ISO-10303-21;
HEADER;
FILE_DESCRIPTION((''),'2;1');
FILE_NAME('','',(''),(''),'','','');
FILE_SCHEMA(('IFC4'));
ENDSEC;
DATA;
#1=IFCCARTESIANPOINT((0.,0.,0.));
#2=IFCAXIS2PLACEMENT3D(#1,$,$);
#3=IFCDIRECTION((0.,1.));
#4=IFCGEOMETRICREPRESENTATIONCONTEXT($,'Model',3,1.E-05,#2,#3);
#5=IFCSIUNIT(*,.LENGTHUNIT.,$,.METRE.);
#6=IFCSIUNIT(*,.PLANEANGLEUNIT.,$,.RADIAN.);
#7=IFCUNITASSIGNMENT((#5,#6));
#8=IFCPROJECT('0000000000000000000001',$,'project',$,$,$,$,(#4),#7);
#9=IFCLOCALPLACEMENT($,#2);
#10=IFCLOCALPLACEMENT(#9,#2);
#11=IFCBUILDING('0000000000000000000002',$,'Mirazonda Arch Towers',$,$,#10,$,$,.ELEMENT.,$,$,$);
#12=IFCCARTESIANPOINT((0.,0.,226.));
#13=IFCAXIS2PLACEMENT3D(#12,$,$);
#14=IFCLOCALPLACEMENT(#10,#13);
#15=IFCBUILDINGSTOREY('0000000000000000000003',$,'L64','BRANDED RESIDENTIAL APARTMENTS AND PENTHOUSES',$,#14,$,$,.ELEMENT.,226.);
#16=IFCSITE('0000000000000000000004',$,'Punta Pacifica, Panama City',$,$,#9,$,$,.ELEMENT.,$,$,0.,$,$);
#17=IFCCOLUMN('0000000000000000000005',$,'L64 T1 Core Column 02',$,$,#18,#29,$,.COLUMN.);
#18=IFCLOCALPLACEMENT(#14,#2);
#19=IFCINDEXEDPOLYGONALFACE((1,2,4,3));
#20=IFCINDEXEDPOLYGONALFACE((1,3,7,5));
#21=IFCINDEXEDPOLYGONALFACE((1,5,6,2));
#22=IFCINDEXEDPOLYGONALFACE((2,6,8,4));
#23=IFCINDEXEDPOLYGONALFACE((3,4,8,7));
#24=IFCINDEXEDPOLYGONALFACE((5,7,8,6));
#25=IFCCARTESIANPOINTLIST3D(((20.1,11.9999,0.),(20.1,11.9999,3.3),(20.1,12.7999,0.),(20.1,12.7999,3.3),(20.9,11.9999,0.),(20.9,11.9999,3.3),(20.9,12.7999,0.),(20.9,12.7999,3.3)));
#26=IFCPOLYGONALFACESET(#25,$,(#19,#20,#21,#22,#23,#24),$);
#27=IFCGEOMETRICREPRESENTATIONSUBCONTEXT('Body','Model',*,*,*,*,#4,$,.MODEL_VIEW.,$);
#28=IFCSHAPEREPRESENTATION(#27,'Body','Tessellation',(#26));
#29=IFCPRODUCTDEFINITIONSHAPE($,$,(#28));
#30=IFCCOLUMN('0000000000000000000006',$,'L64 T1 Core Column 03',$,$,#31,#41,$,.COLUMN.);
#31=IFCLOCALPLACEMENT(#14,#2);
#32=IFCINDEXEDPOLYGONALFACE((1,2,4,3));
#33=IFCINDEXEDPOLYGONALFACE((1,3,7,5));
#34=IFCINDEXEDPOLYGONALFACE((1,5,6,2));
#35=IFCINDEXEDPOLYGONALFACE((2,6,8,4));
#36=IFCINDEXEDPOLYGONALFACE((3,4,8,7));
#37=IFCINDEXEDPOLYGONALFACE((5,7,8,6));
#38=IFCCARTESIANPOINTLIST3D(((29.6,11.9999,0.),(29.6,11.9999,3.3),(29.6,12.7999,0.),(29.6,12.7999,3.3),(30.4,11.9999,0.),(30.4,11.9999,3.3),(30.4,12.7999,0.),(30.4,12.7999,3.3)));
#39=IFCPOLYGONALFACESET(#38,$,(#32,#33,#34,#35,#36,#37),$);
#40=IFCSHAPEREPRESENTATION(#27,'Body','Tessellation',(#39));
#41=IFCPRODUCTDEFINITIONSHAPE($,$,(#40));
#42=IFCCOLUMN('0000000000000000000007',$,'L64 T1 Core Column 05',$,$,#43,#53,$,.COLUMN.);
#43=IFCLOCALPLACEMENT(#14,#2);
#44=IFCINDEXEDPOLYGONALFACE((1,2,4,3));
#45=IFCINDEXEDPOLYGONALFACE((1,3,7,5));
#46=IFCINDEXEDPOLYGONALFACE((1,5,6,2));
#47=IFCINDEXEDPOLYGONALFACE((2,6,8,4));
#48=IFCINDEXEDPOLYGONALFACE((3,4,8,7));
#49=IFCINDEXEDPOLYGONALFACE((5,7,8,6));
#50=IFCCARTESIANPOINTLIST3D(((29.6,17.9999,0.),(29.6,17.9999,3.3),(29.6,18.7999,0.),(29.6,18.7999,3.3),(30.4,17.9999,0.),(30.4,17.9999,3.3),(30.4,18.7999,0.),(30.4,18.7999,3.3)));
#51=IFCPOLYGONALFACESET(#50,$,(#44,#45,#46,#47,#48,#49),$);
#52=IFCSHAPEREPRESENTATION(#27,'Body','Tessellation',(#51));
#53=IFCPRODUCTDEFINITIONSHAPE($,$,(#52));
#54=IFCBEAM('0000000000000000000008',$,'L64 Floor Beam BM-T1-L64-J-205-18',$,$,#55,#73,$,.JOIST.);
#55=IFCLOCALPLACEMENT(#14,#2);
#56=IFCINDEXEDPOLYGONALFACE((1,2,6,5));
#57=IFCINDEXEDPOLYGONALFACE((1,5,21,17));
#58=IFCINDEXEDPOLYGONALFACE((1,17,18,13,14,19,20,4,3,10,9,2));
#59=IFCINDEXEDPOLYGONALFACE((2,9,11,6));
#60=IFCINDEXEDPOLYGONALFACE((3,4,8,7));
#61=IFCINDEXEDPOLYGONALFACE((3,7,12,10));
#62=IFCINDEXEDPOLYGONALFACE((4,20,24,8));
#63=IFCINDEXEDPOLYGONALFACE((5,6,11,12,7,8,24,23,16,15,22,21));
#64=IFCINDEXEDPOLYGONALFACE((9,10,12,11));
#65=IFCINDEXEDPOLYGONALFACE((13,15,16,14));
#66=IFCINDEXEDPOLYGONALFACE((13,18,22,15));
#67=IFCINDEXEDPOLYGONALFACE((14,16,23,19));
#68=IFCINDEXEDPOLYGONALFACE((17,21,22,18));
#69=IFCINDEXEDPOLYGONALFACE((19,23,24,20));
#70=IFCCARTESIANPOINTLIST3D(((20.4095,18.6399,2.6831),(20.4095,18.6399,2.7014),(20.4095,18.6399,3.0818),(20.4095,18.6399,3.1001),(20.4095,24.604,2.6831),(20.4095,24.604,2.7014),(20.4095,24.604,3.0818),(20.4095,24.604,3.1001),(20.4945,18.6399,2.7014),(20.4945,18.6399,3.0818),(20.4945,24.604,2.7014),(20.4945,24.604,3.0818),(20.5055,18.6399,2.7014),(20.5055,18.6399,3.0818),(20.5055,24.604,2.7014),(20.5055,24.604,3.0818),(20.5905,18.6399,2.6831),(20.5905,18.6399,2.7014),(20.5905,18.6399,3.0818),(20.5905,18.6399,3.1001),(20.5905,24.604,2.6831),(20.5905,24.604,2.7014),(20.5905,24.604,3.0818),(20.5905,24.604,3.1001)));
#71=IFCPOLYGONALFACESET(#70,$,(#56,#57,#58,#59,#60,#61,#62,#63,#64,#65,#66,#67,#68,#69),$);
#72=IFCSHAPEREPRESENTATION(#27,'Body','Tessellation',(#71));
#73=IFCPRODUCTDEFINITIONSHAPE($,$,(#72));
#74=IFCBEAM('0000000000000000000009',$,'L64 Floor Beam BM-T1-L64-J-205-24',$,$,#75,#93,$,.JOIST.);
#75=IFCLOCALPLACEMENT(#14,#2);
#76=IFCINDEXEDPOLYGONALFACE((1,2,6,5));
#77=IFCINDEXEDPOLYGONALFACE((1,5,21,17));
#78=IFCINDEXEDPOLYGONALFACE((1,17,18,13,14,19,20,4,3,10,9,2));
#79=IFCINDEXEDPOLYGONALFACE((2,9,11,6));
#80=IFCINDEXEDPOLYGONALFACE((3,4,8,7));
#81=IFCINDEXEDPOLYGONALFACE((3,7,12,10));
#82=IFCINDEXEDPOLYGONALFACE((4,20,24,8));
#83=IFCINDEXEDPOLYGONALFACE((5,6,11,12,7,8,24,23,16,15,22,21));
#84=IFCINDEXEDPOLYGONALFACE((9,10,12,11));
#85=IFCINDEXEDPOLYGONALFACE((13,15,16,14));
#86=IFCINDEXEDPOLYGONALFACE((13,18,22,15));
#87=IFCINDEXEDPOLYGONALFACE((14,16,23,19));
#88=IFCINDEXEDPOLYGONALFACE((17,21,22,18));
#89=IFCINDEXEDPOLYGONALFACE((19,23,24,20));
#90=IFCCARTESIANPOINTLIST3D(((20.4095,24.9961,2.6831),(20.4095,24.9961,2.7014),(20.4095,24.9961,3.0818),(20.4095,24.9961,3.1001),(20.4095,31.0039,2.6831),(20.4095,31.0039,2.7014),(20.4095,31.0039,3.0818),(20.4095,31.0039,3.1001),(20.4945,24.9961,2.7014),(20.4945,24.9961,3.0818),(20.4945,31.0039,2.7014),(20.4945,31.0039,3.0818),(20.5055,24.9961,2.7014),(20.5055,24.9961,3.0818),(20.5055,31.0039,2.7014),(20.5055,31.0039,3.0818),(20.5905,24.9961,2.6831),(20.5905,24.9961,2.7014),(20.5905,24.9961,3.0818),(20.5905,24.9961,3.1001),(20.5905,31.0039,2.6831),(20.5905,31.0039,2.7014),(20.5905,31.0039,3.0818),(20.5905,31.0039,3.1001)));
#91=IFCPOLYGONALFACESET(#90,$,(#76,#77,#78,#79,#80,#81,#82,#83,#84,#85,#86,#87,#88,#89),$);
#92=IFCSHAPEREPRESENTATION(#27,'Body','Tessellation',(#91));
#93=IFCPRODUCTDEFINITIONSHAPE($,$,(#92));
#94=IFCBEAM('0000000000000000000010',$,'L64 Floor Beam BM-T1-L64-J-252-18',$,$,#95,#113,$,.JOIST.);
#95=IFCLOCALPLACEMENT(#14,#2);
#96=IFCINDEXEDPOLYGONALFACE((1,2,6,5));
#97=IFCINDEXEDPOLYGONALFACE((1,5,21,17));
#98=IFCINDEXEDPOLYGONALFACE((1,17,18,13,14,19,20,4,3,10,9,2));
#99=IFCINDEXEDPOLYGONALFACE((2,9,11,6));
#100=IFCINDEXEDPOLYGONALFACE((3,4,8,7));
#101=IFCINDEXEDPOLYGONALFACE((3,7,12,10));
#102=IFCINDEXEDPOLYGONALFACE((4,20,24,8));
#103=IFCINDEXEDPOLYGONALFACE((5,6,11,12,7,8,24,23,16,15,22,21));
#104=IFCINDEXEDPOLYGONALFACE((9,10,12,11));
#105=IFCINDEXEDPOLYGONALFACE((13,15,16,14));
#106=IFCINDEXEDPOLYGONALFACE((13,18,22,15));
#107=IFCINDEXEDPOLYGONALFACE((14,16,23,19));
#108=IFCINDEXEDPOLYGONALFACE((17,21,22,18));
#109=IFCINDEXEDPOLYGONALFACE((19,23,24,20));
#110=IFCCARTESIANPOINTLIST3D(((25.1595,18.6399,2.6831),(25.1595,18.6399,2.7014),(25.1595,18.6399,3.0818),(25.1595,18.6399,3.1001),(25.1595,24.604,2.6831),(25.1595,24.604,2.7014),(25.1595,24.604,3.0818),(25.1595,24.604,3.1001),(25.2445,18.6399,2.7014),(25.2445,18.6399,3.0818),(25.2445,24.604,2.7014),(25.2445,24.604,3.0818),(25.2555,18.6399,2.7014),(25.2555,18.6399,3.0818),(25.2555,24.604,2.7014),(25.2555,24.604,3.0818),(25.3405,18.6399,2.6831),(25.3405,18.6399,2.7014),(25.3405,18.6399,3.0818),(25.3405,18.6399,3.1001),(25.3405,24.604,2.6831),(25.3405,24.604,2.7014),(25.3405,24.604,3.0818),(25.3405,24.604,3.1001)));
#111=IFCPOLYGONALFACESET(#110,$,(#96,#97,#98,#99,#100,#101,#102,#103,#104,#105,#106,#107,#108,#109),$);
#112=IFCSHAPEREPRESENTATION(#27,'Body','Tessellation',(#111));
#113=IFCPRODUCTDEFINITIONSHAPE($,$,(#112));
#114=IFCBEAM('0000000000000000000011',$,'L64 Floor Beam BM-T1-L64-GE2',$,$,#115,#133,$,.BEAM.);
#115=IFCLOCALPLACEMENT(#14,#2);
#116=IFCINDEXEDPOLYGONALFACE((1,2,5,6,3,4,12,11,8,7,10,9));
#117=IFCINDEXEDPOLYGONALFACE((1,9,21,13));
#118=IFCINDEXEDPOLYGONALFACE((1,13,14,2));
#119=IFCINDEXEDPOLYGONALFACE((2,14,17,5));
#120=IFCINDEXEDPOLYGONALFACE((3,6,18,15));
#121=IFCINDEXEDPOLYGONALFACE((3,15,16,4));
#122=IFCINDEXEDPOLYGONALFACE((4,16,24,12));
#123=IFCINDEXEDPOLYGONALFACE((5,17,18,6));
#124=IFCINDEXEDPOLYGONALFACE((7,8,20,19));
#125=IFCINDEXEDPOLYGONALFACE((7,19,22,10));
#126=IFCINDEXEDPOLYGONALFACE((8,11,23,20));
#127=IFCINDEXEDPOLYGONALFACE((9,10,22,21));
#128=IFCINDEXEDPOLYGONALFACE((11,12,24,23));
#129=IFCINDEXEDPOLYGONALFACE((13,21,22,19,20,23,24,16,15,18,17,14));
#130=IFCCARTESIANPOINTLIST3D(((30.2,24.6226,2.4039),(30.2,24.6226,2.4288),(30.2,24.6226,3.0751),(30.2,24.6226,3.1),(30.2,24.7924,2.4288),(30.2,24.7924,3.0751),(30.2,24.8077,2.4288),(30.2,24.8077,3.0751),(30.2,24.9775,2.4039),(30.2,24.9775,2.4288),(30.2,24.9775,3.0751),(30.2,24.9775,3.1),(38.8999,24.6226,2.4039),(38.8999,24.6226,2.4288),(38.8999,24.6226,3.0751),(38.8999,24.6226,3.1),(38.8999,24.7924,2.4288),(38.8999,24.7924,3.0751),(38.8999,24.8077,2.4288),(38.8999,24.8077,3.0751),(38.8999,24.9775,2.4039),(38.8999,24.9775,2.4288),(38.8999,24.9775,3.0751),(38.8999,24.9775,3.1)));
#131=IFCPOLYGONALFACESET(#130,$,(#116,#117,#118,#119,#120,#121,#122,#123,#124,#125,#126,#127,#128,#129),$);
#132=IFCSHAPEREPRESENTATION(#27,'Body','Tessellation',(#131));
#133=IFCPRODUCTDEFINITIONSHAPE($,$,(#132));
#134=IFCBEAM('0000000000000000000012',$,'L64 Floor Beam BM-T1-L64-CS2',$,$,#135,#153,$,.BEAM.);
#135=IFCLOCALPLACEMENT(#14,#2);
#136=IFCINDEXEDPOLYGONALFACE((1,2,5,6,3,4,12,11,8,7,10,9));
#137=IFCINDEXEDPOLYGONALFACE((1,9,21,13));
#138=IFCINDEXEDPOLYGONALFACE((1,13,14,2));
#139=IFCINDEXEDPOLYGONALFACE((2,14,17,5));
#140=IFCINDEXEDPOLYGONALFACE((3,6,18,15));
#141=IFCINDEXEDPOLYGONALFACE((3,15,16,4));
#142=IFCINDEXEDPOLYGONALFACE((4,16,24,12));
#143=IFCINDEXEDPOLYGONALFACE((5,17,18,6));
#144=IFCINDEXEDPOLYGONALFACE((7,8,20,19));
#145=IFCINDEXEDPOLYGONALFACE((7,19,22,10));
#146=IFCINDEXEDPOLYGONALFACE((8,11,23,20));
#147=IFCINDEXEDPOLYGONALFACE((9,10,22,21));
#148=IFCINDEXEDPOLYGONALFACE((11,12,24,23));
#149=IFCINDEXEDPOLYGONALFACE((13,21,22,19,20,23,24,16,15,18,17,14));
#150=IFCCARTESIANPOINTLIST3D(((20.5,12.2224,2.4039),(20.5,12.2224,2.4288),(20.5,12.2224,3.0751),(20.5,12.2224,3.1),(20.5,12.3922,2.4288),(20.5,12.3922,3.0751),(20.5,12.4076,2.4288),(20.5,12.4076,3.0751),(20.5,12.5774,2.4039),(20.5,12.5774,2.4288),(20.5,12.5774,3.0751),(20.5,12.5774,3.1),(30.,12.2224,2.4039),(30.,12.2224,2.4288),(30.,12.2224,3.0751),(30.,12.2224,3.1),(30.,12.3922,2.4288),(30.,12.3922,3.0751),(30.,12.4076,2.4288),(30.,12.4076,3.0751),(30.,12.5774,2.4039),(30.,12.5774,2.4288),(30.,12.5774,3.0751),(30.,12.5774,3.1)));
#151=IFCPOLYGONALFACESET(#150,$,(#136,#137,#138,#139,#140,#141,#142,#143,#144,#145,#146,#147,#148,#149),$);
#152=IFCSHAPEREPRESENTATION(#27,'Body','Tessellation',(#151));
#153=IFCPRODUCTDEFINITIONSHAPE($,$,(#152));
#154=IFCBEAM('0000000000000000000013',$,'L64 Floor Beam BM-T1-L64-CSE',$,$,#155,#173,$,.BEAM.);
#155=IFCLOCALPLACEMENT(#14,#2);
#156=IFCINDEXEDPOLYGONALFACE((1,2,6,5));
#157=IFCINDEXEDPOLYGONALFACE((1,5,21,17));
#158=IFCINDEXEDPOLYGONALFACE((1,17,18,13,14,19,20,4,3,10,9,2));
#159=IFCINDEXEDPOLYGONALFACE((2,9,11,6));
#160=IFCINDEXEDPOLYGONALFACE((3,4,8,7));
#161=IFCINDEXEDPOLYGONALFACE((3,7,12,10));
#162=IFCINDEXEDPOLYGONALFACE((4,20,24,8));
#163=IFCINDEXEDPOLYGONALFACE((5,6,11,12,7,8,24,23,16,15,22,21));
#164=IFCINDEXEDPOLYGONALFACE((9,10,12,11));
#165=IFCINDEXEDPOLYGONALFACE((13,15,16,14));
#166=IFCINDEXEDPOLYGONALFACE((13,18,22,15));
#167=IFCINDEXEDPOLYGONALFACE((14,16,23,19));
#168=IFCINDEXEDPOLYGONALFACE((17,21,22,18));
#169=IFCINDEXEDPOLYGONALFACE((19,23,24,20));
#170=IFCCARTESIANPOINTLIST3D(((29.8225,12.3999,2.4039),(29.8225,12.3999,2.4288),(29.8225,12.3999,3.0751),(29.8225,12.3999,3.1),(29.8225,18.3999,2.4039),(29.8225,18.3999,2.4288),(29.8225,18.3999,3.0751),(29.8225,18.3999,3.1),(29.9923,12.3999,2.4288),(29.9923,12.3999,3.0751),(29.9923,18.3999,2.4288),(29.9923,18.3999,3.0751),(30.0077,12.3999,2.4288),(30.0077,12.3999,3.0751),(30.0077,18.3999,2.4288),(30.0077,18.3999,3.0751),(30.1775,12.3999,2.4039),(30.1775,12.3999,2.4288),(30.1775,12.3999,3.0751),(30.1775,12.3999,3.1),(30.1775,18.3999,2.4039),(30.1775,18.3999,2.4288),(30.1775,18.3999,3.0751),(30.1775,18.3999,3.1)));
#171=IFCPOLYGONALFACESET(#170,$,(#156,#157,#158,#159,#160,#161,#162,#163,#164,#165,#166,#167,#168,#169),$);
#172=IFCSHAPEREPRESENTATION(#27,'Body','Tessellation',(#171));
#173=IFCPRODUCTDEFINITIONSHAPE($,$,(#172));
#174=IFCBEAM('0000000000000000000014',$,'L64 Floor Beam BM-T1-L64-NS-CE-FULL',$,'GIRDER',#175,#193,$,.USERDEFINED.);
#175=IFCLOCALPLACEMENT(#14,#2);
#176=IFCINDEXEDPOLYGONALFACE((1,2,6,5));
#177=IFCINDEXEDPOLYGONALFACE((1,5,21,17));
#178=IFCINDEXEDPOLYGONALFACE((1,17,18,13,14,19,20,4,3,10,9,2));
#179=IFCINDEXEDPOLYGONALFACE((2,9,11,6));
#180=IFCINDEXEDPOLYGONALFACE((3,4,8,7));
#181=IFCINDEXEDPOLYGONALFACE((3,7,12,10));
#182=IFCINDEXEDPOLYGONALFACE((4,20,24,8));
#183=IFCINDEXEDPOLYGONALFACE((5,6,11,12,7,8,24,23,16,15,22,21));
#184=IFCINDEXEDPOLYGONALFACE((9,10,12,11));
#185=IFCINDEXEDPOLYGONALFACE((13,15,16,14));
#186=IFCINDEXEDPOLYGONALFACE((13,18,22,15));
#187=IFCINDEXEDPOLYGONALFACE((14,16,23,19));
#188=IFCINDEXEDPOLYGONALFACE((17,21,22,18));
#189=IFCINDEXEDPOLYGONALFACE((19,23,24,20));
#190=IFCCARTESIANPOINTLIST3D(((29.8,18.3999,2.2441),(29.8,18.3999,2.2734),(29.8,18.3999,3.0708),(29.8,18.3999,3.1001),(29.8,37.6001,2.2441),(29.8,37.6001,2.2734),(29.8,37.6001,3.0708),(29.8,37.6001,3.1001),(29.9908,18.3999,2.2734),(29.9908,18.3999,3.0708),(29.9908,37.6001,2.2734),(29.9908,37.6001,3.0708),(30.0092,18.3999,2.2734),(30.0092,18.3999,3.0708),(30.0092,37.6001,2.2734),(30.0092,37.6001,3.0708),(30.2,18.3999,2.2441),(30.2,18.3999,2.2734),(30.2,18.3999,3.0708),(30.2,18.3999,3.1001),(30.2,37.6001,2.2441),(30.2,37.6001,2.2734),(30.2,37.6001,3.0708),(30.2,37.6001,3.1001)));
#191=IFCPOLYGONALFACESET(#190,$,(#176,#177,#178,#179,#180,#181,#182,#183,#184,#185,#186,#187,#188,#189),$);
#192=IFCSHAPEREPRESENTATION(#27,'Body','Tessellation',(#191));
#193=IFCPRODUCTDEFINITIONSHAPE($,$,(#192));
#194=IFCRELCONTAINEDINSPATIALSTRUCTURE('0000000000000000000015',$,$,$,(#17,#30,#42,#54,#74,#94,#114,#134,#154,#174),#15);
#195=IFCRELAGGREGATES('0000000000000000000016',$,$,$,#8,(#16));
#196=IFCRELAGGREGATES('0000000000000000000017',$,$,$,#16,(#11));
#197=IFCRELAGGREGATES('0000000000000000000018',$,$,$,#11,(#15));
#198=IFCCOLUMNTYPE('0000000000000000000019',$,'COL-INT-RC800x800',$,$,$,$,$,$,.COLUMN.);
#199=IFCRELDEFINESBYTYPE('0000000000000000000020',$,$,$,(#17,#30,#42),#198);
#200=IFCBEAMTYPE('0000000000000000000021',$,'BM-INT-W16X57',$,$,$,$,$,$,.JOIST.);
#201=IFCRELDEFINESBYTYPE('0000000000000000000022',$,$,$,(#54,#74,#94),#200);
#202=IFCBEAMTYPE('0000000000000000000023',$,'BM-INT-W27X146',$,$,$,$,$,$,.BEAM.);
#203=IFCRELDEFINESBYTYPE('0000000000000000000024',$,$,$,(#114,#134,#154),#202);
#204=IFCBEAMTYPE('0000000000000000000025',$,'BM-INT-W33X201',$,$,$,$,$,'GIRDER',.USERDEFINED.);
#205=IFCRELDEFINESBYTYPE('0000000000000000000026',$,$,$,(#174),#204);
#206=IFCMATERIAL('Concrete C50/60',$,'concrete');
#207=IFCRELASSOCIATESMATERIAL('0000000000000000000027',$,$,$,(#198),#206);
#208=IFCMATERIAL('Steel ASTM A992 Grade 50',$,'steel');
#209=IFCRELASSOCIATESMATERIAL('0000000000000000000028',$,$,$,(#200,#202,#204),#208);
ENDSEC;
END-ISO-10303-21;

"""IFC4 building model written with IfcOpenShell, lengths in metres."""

from ifc_helpers import new_model, si_unit, direction, frame, origin, origin_2d, place, context, subcontext, project, spatial, rectangle, i_section, extrude, material, material_profile, profile_set, type_object, element, save


model = new_model("IFC4")

# Units and contexts
model_context = context("Model", 3, precision=1e-05, world=origin(), true_north=direction((0.0, 1.0)))
body_context = subcontext(model_context, "Body", "Model", "MODEL_VIEW")
ifc_project = project(units=[si_unit("LENGTHUNIT", "METRE"), si_unit("PLANEANGLEUNIT", "RADIAN")], contexts=[model_context])

# Site, building, storey
site_placement = place(None, origin())
site = spatial("IfcSite", under=ifc_project, at=site_placement, Name="Punta Pacifica, Panama City", CompositionType="ELEMENT", RefElevation=0.0)
building_placement = place(site_placement, origin())
building = spatial("IfcBuilding", under=site, at=building_placement, Name="Mirazonda Arch Towers", CompositionType="ELEMENT")
storey_placement = place(building_placement, frame((0.0, 0.0, 226.0)))
storey = spatial("IfcBuildingStorey", under=building, at=storey_placement, Name="L64", Description="BRANDED RESIDENTIAL APARTMENTS AND PENTHOUSES", CompositionType="ELEMENT", Elevation=226.0)

# Columns
ifc_material_1 = material(Name="Concrete C50/60", Category="concrete")
ifc_material_profile_1 = material_profile(ifc_material_1, rectangle(XDim=0.8, YDim=0.8, at=origin_2d()), Name="RC800x800")
ifc_profile_set_1 = profile_set([ifc_material_profile_1], Name="Concrete C50/60")
column_type = type_object("IfcColumnType", Name="COL-INT-RC800x800", PredefinedType="COLUMN", material=ifc_profile_set_1)
for number, where, z_axis, x_axis, name in (
    (1, (20.5, 12.3999, 0.0), (0.0, 0.0, 1.0), (1.0, 0.0, 0.0), "L64 T1 Core Column 02"),
    (2, (30.0, 12.3999, 0.0), (0.0, 0.0, 1.0), (1.0, 0.0, 0.0), "L64 T1 Core Column 03"),
    (3, (30.0, 18.3999, 0.0), (0.0, 0.0, 1.0), (1.0, 0.0, 0.0), "L64 T1 Core Column 05"),
):
    element("IfcColumn", number, at=place(storey_placement, frame(where, z_axis=z_axis, x_axis=x_axis)), inside=storey, type_object=column_type, Name=name, PredefinedType="COLUMN", context=body_context, shape_type="SweptSolid", body=[
        extrude(rectangle(XDim=0.8, YDim=0.8, at=origin_2d()), origin(), (0.0, 0.0, 1.0), 3.3),
    ])

# Beams
ifc_material_2 = material(Name="Steel ASTM A992 Grade 50", Category="steel")
ifc_material_profile_2 = material_profile(ifc_material_2, i_section(OverallWidth=0.1809, OverallDepth=0.417, WebThickness=0.011, FlangeThickness=0.0183, at=origin_2d()), Name="W16X57")
ifc_profile_set_2 = profile_set([ifc_material_profile_2], Name="Steel ASTM A992 Grade 50")
beam_type_1 = type_object("IfcBeamType", Name="BM-INT-W16X57", PredefinedType="JOIST", material=ifc_profile_set_2)
beam_1_placement = place(storey_placement, frame((20.5, 18.6399, 2.8916), z_axis=(0.0, 1.0, 0.0), x_axis=(-1.0, 0.0, 0.0)))
element("IfcBeam", 4, at=beam_1_placement, inside=storey, type_object=beam_type_1, Name="L64 Floor Beam BM-T1-L64-J-205-18", PredefinedType="JOIST", context=body_context, shape_type="SweptSolid", body=[
    extrude(i_section(OverallWidth=0.1809, OverallDepth=0.417, WebThickness=0.011, FlangeThickness=0.0183, at=origin_2d()), origin(), (0.0, 0.0, 1.0), 5.9641),
])
beam_2_placement = place(storey_placement, frame((20.5, 24.9961, 2.8916), z_axis=(0.0, 1.0, 0.0), x_axis=(-1.0, 0.0, 0.0)))
element("IfcBeam", 5, at=beam_2_placement, inside=storey, type_object=beam_type_1, Name="L64 Floor Beam BM-T1-L64-J-205-24", PredefinedType="JOIST", context=body_context, shape_type="SweptSolid", body=[
    extrude(i_section(OverallWidth=0.1809, OverallDepth=0.417, WebThickness=0.011, FlangeThickness=0.0183, at=origin_2d()), origin(), (0.0, 0.0, 1.0), 6.0078),
])
beam_3_placement = place(storey_placement, frame((25.25, 18.6399, 2.8916), z_axis=(0.0, 1.0, 0.0), x_axis=(-1.0, 0.0, 0.0)))
element("IfcBeam", 6, at=beam_3_placement, inside=storey, type_object=beam_type_1, Name="L64 Floor Beam BM-T1-L64-J-252-18", PredefinedType="JOIST", context=body_context, shape_type="SweptSolid", body=[
    extrude(i_section(OverallWidth=0.1809, OverallDepth=0.417, WebThickness=0.011, FlangeThickness=0.0183, at=origin_2d()), origin(), (0.0, 0.0, 1.0), 5.9641),
])
ifc_material_profile_3 = material_profile(ifc_material_2, i_section(OverallWidth=0.355, OverallDepth=0.696, WebThickness=0.0154, FlangeThickness=0.0249, at=origin_2d()), Name="W27X146")
ifc_profile_set_3 = profile_set([ifc_material_profile_3], Name="Steel ASTM A992 Grade 50")
beam_type_2 = type_object("IfcBeamType", Name="BM-INT-W27X146", PredefinedType="BEAM", material=ifc_profile_set_3)
beam_4_placement = place(storey_placement, frame((30.2, 24.8, 2.752), z_axis=(1.0, 0.0, 0.0), x_axis=(0.0, 1.0, 0.0)))
element("IfcBeam", 7, at=beam_4_placement, inside=storey, type_object=beam_type_2, Name="L64 Floor Beam BM-T1-L64-GE2", PredefinedType="BEAM", context=body_context, shape_type="SweptSolid", body=[
    extrude(i_section(OverallWidth=0.355, OverallDepth=0.696, WebThickness=0.0154, FlangeThickness=0.0249, at=origin_2d()), origin(), (0.0, 0.0, 1.0), 8.7),
])
beam_5_placement = place(storey_placement, frame((20.5, 12.3999, 2.752), z_axis=(1.0, 0.0, 0.0), x_axis=(0.0, 1.0, 0.0)))
element("IfcBeam", 8, at=beam_5_placement, inside=storey, type_object=beam_type_2, Name="L64 Floor Beam BM-T1-L64-CS2", PredefinedType="BEAM", context=body_context, shape_type="SweptSolid", body=[
    extrude(i_section(OverallWidth=0.355, OverallDepth=0.696, WebThickness=0.0154, FlangeThickness=0.0249, at=origin_2d()), origin(), (0.0, 0.0, 1.0), 9.5),
])
beam_6_placement = place(storey_placement, frame((30.0, 12.3999, 2.752), z_axis=(0.0, 1.0, 0.0), x_axis=(-1.0, 0.0, 0.0)))
element("IfcBeam", 9, at=beam_6_placement, inside=storey, type_object=beam_type_2, Name="L64 Floor Beam BM-T1-L64-CSE", PredefinedType="BEAM", context=body_context, shape_type="SweptSolid", body=[
    extrude(i_section(OverallWidth=0.355, OverallDepth=0.696, WebThickness=0.0154, FlangeThickness=0.0249, at=origin_2d()), origin(), (0.0, 0.0, 1.0), 6.0),
])
ifc_material_profile_4 = material_profile(ifc_material_2, i_section(OverallWidth=0.3999, OverallDepth=0.856, WebThickness=0.0183, FlangeThickness=0.0293, at=origin_2d()), Name="W33X201")
ifc_profile_set_4 = profile_set([ifc_material_profile_4], Name="Steel ASTM A992 Grade 50")
beam_type_3 = type_object("IfcBeamType", Name="BM-INT-W33X201", ElementType="GIRDER", PredefinedType="USERDEFINED", material=ifc_profile_set_4)
beam_7_placement = place(storey_placement, frame((30.0, 18.3999, 2.6721), z_axis=(0.0, 1.0, 0.0), x_axis=(-1.0, 0.0, 0.0)))
element("IfcBeam", 10, at=beam_7_placement, inside=storey, type_object=beam_type_3, Name="L64 Floor Beam BM-T1-L64-NS-CE-FULL", ObjectType="GIRDER", PredefinedType="USERDEFINED", context=body_context, shape_type="SweptSolid", body=[
    extrude(i_section(OverallWidth=0.3999, OverallDepth=0.856, WebThickness=0.0183, FlangeThickness=0.0293, at=origin_2d()), origin(), (0.0, 0.0, 1.0), 19.2002),
])

save(model, "model.ifc")
